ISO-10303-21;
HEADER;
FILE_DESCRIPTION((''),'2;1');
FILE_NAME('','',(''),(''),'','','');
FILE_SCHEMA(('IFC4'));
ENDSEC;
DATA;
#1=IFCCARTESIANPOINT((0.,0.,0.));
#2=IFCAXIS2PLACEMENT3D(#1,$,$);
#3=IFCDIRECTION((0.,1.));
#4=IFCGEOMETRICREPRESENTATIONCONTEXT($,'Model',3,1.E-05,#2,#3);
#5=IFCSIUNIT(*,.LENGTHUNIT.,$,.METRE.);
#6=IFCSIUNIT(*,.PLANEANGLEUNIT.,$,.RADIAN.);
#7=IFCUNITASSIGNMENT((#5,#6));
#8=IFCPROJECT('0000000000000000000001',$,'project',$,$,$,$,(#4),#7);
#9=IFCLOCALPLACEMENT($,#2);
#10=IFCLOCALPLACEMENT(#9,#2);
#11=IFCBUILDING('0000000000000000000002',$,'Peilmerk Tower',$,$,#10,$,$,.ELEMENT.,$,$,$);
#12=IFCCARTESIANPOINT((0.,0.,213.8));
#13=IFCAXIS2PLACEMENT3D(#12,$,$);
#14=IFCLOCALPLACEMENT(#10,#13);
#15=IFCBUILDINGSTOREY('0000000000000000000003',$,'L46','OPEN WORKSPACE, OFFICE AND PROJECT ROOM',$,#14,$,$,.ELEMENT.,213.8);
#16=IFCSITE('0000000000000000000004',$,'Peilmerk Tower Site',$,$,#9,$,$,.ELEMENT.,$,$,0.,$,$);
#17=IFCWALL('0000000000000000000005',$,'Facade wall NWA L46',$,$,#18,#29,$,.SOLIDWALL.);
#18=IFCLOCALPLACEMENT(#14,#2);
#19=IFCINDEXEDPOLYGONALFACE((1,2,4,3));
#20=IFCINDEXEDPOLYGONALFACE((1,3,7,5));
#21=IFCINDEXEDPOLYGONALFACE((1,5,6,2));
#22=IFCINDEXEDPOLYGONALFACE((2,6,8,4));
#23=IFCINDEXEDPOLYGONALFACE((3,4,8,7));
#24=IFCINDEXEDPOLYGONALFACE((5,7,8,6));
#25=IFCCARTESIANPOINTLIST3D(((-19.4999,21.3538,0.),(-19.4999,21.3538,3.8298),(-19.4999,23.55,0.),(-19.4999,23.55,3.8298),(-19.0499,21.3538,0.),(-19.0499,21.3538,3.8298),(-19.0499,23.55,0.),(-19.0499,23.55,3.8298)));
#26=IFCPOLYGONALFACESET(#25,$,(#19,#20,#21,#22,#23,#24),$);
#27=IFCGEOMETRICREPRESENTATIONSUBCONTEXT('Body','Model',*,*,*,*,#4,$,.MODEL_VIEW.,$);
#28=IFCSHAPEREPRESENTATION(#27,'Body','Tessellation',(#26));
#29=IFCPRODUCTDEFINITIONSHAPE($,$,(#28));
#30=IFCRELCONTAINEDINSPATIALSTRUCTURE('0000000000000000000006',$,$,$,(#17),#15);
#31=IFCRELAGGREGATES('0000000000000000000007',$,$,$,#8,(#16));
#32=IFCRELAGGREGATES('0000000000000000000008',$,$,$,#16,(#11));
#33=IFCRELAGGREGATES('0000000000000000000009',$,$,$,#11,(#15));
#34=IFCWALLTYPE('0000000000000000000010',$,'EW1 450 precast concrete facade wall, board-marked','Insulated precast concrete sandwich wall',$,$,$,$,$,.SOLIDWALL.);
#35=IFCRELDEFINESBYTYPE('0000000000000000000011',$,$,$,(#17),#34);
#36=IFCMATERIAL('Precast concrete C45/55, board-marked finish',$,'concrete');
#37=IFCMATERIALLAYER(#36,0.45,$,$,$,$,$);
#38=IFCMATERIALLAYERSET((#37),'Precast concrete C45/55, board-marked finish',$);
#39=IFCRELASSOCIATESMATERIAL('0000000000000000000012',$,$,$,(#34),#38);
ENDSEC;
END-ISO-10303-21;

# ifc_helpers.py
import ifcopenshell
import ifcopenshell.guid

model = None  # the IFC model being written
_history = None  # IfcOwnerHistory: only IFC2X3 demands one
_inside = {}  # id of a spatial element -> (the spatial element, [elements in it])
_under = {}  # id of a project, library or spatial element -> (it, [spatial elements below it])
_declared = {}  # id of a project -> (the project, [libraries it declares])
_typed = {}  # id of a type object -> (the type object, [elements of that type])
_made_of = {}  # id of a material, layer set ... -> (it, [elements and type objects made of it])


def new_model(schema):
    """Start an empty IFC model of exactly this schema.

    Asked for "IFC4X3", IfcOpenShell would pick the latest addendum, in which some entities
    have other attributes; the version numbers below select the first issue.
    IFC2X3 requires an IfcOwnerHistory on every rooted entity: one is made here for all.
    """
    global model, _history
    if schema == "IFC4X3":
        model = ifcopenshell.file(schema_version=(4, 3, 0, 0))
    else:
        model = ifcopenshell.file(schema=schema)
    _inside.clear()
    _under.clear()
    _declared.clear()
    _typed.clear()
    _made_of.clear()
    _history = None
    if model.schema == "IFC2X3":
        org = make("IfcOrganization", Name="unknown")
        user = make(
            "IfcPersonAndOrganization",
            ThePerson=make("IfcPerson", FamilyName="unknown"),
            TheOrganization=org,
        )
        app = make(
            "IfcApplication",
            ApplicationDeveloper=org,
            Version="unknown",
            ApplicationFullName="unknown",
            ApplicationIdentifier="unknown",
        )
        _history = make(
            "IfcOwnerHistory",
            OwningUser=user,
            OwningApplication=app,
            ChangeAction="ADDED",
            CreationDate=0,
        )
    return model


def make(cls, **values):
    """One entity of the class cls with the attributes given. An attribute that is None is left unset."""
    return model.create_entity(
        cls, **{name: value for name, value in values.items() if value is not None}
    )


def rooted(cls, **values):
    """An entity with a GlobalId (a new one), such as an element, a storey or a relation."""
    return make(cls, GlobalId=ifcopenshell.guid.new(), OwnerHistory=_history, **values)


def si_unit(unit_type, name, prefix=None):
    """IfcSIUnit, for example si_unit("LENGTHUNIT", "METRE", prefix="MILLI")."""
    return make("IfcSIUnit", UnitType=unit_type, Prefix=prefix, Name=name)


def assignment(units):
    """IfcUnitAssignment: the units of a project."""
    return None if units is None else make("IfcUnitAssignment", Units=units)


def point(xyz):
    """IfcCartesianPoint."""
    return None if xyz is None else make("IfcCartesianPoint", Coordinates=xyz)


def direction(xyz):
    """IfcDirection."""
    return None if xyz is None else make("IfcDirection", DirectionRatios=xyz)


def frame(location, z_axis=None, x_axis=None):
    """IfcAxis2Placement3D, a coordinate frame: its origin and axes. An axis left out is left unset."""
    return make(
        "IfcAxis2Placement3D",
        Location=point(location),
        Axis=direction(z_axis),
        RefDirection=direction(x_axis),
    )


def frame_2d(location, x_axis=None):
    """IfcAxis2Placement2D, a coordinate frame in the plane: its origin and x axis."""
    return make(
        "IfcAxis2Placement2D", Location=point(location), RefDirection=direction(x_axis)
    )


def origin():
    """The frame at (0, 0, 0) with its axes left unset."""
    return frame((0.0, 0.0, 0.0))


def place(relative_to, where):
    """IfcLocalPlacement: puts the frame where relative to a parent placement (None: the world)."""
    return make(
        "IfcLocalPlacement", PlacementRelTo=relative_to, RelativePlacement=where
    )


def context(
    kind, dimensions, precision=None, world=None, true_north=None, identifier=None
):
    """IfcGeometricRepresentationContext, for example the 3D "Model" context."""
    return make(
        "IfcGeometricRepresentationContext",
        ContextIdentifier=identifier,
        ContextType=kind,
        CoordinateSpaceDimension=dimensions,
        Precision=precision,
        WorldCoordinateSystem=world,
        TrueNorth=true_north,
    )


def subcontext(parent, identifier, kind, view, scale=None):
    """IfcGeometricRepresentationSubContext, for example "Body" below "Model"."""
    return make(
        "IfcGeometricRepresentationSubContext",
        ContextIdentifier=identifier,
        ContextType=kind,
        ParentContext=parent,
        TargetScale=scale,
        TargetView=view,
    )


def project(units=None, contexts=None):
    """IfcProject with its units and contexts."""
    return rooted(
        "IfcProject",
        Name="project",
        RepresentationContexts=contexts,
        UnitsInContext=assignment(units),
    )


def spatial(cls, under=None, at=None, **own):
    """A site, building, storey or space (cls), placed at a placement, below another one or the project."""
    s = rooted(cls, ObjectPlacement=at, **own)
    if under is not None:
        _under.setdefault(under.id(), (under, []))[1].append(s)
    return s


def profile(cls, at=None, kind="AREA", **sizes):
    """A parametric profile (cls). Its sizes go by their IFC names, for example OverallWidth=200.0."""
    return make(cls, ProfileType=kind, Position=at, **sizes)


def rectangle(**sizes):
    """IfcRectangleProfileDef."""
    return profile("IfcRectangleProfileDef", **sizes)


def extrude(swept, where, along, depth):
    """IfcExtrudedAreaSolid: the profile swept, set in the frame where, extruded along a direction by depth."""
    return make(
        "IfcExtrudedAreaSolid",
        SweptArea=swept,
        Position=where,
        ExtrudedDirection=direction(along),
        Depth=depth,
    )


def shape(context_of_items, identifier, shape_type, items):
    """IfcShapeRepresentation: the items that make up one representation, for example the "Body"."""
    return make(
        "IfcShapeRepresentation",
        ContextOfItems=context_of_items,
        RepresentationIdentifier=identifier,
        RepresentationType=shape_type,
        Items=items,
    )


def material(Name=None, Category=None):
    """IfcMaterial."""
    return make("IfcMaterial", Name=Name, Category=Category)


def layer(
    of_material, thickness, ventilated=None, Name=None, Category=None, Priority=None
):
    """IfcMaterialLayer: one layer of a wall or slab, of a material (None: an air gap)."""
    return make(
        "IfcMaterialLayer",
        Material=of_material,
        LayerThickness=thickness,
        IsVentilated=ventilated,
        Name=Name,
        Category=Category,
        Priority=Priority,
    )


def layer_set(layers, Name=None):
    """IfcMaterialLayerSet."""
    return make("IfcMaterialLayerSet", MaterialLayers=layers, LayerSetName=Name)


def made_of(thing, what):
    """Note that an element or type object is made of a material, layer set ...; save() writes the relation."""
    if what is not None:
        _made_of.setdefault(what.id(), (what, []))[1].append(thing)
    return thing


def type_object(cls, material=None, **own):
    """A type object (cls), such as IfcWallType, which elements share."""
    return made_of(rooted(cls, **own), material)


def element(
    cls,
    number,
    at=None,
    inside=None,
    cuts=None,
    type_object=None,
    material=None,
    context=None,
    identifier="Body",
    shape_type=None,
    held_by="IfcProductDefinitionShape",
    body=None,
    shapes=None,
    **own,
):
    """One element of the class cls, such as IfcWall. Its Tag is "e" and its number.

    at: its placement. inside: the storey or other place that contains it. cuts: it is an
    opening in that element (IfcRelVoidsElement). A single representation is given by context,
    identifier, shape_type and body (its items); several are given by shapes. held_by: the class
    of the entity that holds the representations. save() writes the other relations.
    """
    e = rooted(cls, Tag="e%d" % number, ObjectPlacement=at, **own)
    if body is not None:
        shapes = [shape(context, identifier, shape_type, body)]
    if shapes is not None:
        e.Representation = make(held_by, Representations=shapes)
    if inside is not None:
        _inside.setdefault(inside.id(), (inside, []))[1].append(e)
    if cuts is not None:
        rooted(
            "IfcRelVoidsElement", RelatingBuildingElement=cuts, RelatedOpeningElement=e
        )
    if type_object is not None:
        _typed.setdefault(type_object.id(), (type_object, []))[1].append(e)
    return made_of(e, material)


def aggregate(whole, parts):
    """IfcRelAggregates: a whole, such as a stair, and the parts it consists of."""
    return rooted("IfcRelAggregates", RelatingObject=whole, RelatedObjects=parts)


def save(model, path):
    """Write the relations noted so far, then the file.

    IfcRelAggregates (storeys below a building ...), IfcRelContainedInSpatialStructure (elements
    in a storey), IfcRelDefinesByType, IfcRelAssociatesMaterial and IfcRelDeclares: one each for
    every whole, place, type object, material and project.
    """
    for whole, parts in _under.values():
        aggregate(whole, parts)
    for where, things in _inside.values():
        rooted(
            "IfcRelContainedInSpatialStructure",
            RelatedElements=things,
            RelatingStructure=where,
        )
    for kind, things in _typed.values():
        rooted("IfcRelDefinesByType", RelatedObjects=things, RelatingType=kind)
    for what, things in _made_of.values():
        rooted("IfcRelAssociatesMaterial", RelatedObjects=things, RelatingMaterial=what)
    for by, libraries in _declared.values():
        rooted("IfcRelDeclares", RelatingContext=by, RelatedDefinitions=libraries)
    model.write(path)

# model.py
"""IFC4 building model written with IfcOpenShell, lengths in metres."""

from ifc_helpers import new_model, si_unit, direction, frame, frame_2d, origin, place, context, subcontext, project, spatial, rectangle, extrude, material, layer, layer_set, type_object, element, save


model = new_model("IFC4")

# Units and contexts
model_context = context("Model", 3, precision=1e-05, world=origin(), true_north=direction((0.0, 1.0)))
body_context = subcontext(model_context, "Body", "Model", "MODEL_VIEW")
ifc_project = project(units=[si_unit("LENGTHUNIT", "METRE"), si_unit("PLANEANGLEUNIT", "RADIAN")], contexts=[model_context])

# Site, building, storey
site_placement = place(None, origin())
site = spatial("IfcSite", under=ifc_project, at=site_placement, Name="Peilmerk Tower Site", CompositionType="ELEMENT", RefElevation=0.0)
building_placement = place(site_placement, origin())
building = spatial("IfcBuilding", under=site, at=building_placement, Name="Peilmerk Tower", CompositionType="ELEMENT")
storey_placement = place(building_placement, frame((0.0, 0.0, 213.8)))
storey = spatial("IfcBuildingStorey", under=building, at=storey_placement, Name="L46", Description="OPEN WORKSPACE, OFFICE AND PROJECT ROOM", CompositionType="ELEMENT", Elevation=213.8)

# Shared definitions
ifc_material_1 = material(Name="Precast concrete C45/55, board-marked finish", Category="concrete")
ifc_layer_1 = layer(ifc_material_1, 0.45)
ifc_layer_set_1 = layer_set([ifc_layer_1], Name="Precast concrete C45/55, board-marked finish")
wall_type = type_object("IfcWallType", Name="EW1 450 precast concrete facade wall, board-marked", Description="Insulated precast concrete sandwich wall", PredefinedType="SOLIDWALL", material=ifc_layer_set_1)

# Wall
wall_1_placement = place(storey_placement, frame((-19.2749, 21.3538, 0.0), z_axis=(0.0, 0.0, 1.0), x_axis=(0.0, 1.0, 0.0)))
element("IfcWall", 1, at=wall_1_placement, inside=storey, type_object=wall_type, Name="Facade wall NWA L46", PredefinedType="SOLIDWALL", context=body_context, shape_type="SweptSolid", body=[
    extrude(rectangle(XDim=2.1963, YDim=0.45, at=frame_2d((1.0981, 0.0))), origin(), (0.0, 0.0, 1.0), 3.8298),
])

save(model, "model.ifc")
